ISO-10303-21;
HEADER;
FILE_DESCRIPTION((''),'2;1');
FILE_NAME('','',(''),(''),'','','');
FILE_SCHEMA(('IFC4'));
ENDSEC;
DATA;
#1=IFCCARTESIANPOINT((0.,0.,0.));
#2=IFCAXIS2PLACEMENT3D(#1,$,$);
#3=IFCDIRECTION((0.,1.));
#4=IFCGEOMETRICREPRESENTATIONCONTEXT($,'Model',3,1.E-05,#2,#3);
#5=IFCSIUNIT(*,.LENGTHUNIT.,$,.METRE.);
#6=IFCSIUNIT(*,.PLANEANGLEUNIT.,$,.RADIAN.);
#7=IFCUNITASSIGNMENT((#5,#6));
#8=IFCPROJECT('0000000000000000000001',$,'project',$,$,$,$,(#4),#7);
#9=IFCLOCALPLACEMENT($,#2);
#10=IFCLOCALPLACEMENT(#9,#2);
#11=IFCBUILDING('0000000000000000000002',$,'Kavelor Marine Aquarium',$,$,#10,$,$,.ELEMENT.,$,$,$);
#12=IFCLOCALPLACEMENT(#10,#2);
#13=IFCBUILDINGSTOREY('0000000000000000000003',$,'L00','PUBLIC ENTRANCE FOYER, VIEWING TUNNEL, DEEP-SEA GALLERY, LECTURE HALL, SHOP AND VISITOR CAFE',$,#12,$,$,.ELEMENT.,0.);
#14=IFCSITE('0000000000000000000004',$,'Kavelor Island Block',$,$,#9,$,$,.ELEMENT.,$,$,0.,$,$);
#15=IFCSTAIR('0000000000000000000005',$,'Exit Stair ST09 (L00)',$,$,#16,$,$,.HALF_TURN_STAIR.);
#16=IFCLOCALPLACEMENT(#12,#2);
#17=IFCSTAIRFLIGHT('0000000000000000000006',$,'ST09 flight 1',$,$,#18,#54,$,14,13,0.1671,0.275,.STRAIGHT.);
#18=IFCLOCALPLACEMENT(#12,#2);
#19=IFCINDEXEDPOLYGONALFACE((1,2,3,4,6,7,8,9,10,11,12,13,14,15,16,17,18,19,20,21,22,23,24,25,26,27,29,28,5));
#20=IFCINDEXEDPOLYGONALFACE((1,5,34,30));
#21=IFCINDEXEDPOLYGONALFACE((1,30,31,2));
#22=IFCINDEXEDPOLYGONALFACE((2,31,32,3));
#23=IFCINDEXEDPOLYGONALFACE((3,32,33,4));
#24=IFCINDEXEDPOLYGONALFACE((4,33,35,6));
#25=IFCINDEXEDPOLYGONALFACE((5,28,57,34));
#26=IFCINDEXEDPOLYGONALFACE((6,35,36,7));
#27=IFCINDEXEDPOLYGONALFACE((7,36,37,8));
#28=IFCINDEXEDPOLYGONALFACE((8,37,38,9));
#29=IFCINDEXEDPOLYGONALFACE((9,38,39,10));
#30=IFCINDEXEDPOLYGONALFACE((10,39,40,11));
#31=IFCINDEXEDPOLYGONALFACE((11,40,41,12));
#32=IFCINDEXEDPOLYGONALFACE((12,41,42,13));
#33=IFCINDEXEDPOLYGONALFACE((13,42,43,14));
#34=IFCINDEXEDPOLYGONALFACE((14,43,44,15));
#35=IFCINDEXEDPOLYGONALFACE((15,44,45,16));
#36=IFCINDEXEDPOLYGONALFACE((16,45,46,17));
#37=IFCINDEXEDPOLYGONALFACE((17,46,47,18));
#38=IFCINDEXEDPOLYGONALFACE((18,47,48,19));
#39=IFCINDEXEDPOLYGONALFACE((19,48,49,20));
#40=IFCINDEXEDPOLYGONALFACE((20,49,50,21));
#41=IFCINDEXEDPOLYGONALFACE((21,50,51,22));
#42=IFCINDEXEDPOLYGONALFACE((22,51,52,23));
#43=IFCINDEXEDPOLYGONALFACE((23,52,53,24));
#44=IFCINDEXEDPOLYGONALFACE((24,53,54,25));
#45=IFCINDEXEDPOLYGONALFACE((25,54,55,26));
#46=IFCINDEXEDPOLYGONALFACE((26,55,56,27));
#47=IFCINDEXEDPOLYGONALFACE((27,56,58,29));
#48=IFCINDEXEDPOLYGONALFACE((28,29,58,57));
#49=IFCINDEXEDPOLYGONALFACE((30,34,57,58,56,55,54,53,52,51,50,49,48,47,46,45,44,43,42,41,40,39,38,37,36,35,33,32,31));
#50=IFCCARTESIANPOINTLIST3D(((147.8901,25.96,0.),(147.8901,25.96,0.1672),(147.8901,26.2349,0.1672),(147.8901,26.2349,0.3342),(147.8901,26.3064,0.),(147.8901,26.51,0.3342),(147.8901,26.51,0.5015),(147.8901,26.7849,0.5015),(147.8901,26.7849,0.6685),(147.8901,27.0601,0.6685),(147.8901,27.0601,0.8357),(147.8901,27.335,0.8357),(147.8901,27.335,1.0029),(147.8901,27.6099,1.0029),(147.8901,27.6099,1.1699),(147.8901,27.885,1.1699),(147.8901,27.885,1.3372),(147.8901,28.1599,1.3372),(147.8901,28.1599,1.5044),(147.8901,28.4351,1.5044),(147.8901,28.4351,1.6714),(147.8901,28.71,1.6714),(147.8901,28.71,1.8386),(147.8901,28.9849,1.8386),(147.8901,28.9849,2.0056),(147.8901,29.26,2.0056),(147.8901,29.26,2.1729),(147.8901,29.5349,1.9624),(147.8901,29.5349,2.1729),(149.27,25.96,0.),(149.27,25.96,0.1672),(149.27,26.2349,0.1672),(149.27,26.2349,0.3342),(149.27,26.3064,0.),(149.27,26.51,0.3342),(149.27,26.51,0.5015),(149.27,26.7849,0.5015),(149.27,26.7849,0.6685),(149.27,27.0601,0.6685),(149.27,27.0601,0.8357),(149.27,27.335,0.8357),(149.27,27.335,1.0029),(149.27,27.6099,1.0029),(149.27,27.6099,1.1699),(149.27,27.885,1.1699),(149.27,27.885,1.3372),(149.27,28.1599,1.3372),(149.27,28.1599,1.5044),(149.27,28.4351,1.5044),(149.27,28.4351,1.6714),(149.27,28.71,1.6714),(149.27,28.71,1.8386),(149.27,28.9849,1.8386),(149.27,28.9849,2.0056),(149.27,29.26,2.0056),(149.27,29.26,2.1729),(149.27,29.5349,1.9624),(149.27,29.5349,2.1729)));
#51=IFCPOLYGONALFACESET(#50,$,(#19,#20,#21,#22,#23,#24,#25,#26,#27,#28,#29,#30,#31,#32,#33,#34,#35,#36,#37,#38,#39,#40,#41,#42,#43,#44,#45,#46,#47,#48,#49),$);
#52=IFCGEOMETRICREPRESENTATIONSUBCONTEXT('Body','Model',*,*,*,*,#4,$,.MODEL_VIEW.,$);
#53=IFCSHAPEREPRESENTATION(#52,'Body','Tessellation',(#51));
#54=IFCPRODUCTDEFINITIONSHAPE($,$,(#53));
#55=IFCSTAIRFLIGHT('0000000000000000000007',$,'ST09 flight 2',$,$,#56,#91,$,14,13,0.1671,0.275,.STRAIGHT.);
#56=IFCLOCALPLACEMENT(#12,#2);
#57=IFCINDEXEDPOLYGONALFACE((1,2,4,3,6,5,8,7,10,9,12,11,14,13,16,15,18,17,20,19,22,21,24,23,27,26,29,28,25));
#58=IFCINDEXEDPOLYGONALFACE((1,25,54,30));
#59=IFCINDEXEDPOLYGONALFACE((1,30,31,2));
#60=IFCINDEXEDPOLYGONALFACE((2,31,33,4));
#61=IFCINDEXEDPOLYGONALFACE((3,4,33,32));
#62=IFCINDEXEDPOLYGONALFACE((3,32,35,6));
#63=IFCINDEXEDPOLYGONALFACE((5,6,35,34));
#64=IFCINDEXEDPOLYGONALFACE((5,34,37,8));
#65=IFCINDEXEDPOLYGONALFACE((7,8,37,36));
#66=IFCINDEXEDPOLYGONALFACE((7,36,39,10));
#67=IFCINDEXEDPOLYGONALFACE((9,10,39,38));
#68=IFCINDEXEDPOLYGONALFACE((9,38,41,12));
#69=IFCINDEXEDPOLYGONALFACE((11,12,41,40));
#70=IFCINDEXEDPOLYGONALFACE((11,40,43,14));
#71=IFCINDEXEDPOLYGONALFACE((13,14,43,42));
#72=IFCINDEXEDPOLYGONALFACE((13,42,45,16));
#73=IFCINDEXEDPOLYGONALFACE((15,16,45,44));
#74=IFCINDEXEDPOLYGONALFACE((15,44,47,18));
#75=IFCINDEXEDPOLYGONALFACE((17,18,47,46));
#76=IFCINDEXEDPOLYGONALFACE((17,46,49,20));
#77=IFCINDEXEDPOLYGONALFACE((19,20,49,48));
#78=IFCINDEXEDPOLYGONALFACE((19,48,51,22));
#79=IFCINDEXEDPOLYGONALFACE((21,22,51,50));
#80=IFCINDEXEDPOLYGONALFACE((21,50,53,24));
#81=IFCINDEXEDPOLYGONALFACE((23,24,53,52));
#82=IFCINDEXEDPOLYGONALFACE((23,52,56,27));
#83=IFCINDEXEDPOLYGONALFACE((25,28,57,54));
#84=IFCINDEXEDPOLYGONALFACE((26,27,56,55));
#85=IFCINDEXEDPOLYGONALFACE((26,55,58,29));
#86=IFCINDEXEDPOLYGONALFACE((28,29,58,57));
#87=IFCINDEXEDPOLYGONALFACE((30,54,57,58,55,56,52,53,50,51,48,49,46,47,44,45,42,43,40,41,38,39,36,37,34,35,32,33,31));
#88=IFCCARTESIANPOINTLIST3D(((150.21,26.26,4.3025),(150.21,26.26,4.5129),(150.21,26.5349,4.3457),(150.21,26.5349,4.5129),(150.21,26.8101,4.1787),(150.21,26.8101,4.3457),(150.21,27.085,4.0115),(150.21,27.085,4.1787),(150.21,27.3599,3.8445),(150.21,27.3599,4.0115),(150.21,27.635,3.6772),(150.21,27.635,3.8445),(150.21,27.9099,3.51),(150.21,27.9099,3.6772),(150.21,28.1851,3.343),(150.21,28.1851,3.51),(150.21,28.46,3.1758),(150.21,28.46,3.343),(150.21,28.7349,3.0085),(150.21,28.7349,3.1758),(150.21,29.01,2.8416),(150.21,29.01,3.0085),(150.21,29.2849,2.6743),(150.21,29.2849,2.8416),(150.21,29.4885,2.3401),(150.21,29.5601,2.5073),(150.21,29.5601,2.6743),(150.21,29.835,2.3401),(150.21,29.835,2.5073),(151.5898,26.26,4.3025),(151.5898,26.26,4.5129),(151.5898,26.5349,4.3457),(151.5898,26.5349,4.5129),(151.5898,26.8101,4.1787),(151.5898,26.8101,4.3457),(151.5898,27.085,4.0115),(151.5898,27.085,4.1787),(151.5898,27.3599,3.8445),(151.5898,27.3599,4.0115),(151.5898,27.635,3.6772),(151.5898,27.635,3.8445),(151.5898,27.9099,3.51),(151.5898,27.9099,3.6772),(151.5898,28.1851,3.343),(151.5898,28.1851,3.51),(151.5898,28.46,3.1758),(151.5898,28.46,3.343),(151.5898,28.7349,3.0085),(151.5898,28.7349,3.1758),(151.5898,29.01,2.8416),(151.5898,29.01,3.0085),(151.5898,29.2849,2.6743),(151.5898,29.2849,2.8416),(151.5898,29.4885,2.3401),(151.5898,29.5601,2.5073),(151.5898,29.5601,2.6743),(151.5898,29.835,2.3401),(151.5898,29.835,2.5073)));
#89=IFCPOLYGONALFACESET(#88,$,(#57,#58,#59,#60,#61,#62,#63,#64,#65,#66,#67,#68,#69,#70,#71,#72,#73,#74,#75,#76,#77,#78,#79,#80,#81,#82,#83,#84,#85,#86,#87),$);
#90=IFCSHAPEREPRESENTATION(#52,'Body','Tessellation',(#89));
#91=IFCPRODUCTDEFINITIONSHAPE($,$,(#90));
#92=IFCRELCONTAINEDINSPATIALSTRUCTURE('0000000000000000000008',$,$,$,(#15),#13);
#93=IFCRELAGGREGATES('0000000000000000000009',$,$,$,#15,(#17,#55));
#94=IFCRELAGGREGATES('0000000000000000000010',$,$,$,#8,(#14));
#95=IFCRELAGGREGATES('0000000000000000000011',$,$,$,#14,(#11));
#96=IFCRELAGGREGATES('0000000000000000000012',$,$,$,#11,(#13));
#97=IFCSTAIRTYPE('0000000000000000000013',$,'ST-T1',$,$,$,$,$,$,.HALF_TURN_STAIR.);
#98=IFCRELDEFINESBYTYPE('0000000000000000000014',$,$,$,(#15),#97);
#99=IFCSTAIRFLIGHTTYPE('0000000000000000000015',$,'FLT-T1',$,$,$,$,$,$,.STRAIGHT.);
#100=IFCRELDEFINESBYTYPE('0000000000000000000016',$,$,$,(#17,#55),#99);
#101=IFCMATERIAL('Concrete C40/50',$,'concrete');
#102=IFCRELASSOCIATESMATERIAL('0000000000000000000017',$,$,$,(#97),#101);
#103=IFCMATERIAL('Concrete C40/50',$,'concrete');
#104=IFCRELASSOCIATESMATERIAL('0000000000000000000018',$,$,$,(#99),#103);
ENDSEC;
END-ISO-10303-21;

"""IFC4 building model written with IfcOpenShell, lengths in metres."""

from ifc_helpers import new_model, si_unit, direction, frame, origin, place, context, subcontext, project, spatial, polyline, outline, extrude, material, type_object, element, aggregate, save


model = new_model("IFC4")

# Units and contexts
model_context = context("Model", 3, precision=1e-05, world=origin(), true_north=direction((0.0, 1.0)))
body_context = subcontext(model_context, "Body", "Model", "MODEL_VIEW")
ifc_project = project(units=[si_unit("LENGTHUNIT", "METRE"), si_unit("PLANEANGLEUNIT", "RADIAN")], contexts=[model_context])

# Site, building, storey
site_placement = place(None, origin())
site = spatial("IfcSite", under=ifc_project, at=site_placement, Name="Kavelor Island Block", CompositionType="ELEMENT", RefElevation=0.0)
building_placement = place(site_placement, origin())
building = spatial("IfcBuilding", under=site, at=building_placement, Name="Kavelor Marine Aquarium", CompositionType="ELEMENT")
storey_placement = place(building_placement, origin())
storey = spatial("IfcBuildingStorey", under=building, at=storey_placement, Name="L00", Description="PUBLIC ENTRANCE FOYER, VIEWING TUNNEL, DEEP-SEA GALLERY, LECTURE HALL, SHOP AND VISITOR CAFE", CompositionType="ELEMENT", Elevation=0.0)

# Stair, stair flights
ifc_material_1 = material(Name="Concrete C40/50", Category="concrete")
stair_type = type_object("IfcStairType", Name="ST-T1", PredefinedType="HALF_TURN_STAIR", material=ifc_material_1)
stair_placement = place(storey_placement, origin())
stair = element("IfcStair", 1, at=stair_placement, inside=storey, type_object=stair_type, Name="Exit Stair ST09 (L00)", PredefinedType="HALF_TURN_STAIR")
ifc_material_2 = material(Name="Concrete C40/50", Category="concrete")
stair_flight_type = type_object("IfcStairFlightType", Name="FLT-T1", PredefinedType="STRAIGHT", material=ifc_material_2)
stair_flight_1_placement = place(storey_placement, frame((148.5801, 25.96, 0.0), z_axis=(0.0, 0.0, 1.0), x_axis=(0.0, 1.0, 0.0)))
stair_flight_1 = element("IfcStairFlight", 2, at=stair_flight_1_placement, type_object=stair_flight_type, Name="ST09 flight 1", NumberOfRisers=14, NumberOfTreads=13, PredefinedType="STRAIGHT", RiserHeight=0.1671, TreadLength=0.275, context=body_context, shape_type="SweptSolid", body=[
    extrude(outline(polyline([(0.0, 0.0), (0.0, 0.1672), (0.2749, 0.1672), (0.2749, 0.3342), (0.55, 0.3342), (0.55, 0.5015), (0.825, 0.5015), (0.825, 0.6685), (1.1001, 0.6685), (1.1001, 0.8357), (1.375, 0.8357), (1.375, 1.0029), (1.6499, 1.0029), (1.6499, 1.1699), (1.925, 1.1699), (1.925, 1.3372), (2.2, 1.3372), (2.2, 1.5044), (2.4751, 1.5044), (2.4751, 1.6714), (2.75, 1.6714), (2.75, 1.8386), (3.0249, 1.8386), (3.0249, 2.0056), (3.3, 2.0056), (3.3, 2.1729), (3.575, 2.1729), (3.575, 2.3401), (3.575, 1.9624), (0.3464, 0.0), (0.0, 0.0)])), frame((0.0, 0.6899, 0.0), z_axis=(0.0, -1.0, 0.0), x_axis=(1.0, 0.0, 0.0)), (0.0, 0.0, 1.0), 1.3799),
])
stair_flight_2_placement = place(storey_placement, frame((150.8999, 29.835, 2.3401), z_axis=(0.0, 0.0, 1.0), x_axis=(0.0, -1.0, 0.0)))
stair_flight_2 = element("IfcStairFlight", 3, at=stair_flight_2_placement, type_object=stair_flight_type, Name="ST09 flight 2", NumberOfRisers=14, NumberOfTreads=13, PredefinedType="STRAIGHT", RiserHeight=0.1671, TreadLength=0.275, context=body_context, shape_type="SweptSolid", body=[
    extrude(outline(polyline([(0.0, 0.0), (0.0, 0.1672), (0.2749, 0.1672), (0.2749, 0.3342), (0.55, 0.3342), (0.55, 0.5015), (0.825, 0.5015), (0.825, 0.6685), (1.1001, 0.6685), (1.1001, 0.8357), (1.375, 0.8357), (1.375, 1.0029), (1.6499, 1.0029), (1.6499, 1.1699), (1.925, 1.1699), (1.925, 1.3372), (2.2, 1.3372), (2.2, 1.5044), (2.4751, 1.5044), (2.4751, 1.6714), (2.75, 1.6714), (2.75, 1.8386), (3.0249, 1.8386), (3.0249, 2.0056), (3.3, 2.0056), (3.3, 2.1729), (3.575, 2.1729), (3.575, 2.3401), (3.575, 1.9624), (0.3464, 0.0), (0.0, 0.0)])), frame((0.0, 0.6899, 0.0), z_axis=(0.0, -1.0, 0.0), x_axis=(1.0, 0.0, 0.0)), (0.0, 0.0, 1.0), 1.3799),
])
aggregate(stair, [stair_flight_1, stair_flight_2])

save(model, "model.ifc")
